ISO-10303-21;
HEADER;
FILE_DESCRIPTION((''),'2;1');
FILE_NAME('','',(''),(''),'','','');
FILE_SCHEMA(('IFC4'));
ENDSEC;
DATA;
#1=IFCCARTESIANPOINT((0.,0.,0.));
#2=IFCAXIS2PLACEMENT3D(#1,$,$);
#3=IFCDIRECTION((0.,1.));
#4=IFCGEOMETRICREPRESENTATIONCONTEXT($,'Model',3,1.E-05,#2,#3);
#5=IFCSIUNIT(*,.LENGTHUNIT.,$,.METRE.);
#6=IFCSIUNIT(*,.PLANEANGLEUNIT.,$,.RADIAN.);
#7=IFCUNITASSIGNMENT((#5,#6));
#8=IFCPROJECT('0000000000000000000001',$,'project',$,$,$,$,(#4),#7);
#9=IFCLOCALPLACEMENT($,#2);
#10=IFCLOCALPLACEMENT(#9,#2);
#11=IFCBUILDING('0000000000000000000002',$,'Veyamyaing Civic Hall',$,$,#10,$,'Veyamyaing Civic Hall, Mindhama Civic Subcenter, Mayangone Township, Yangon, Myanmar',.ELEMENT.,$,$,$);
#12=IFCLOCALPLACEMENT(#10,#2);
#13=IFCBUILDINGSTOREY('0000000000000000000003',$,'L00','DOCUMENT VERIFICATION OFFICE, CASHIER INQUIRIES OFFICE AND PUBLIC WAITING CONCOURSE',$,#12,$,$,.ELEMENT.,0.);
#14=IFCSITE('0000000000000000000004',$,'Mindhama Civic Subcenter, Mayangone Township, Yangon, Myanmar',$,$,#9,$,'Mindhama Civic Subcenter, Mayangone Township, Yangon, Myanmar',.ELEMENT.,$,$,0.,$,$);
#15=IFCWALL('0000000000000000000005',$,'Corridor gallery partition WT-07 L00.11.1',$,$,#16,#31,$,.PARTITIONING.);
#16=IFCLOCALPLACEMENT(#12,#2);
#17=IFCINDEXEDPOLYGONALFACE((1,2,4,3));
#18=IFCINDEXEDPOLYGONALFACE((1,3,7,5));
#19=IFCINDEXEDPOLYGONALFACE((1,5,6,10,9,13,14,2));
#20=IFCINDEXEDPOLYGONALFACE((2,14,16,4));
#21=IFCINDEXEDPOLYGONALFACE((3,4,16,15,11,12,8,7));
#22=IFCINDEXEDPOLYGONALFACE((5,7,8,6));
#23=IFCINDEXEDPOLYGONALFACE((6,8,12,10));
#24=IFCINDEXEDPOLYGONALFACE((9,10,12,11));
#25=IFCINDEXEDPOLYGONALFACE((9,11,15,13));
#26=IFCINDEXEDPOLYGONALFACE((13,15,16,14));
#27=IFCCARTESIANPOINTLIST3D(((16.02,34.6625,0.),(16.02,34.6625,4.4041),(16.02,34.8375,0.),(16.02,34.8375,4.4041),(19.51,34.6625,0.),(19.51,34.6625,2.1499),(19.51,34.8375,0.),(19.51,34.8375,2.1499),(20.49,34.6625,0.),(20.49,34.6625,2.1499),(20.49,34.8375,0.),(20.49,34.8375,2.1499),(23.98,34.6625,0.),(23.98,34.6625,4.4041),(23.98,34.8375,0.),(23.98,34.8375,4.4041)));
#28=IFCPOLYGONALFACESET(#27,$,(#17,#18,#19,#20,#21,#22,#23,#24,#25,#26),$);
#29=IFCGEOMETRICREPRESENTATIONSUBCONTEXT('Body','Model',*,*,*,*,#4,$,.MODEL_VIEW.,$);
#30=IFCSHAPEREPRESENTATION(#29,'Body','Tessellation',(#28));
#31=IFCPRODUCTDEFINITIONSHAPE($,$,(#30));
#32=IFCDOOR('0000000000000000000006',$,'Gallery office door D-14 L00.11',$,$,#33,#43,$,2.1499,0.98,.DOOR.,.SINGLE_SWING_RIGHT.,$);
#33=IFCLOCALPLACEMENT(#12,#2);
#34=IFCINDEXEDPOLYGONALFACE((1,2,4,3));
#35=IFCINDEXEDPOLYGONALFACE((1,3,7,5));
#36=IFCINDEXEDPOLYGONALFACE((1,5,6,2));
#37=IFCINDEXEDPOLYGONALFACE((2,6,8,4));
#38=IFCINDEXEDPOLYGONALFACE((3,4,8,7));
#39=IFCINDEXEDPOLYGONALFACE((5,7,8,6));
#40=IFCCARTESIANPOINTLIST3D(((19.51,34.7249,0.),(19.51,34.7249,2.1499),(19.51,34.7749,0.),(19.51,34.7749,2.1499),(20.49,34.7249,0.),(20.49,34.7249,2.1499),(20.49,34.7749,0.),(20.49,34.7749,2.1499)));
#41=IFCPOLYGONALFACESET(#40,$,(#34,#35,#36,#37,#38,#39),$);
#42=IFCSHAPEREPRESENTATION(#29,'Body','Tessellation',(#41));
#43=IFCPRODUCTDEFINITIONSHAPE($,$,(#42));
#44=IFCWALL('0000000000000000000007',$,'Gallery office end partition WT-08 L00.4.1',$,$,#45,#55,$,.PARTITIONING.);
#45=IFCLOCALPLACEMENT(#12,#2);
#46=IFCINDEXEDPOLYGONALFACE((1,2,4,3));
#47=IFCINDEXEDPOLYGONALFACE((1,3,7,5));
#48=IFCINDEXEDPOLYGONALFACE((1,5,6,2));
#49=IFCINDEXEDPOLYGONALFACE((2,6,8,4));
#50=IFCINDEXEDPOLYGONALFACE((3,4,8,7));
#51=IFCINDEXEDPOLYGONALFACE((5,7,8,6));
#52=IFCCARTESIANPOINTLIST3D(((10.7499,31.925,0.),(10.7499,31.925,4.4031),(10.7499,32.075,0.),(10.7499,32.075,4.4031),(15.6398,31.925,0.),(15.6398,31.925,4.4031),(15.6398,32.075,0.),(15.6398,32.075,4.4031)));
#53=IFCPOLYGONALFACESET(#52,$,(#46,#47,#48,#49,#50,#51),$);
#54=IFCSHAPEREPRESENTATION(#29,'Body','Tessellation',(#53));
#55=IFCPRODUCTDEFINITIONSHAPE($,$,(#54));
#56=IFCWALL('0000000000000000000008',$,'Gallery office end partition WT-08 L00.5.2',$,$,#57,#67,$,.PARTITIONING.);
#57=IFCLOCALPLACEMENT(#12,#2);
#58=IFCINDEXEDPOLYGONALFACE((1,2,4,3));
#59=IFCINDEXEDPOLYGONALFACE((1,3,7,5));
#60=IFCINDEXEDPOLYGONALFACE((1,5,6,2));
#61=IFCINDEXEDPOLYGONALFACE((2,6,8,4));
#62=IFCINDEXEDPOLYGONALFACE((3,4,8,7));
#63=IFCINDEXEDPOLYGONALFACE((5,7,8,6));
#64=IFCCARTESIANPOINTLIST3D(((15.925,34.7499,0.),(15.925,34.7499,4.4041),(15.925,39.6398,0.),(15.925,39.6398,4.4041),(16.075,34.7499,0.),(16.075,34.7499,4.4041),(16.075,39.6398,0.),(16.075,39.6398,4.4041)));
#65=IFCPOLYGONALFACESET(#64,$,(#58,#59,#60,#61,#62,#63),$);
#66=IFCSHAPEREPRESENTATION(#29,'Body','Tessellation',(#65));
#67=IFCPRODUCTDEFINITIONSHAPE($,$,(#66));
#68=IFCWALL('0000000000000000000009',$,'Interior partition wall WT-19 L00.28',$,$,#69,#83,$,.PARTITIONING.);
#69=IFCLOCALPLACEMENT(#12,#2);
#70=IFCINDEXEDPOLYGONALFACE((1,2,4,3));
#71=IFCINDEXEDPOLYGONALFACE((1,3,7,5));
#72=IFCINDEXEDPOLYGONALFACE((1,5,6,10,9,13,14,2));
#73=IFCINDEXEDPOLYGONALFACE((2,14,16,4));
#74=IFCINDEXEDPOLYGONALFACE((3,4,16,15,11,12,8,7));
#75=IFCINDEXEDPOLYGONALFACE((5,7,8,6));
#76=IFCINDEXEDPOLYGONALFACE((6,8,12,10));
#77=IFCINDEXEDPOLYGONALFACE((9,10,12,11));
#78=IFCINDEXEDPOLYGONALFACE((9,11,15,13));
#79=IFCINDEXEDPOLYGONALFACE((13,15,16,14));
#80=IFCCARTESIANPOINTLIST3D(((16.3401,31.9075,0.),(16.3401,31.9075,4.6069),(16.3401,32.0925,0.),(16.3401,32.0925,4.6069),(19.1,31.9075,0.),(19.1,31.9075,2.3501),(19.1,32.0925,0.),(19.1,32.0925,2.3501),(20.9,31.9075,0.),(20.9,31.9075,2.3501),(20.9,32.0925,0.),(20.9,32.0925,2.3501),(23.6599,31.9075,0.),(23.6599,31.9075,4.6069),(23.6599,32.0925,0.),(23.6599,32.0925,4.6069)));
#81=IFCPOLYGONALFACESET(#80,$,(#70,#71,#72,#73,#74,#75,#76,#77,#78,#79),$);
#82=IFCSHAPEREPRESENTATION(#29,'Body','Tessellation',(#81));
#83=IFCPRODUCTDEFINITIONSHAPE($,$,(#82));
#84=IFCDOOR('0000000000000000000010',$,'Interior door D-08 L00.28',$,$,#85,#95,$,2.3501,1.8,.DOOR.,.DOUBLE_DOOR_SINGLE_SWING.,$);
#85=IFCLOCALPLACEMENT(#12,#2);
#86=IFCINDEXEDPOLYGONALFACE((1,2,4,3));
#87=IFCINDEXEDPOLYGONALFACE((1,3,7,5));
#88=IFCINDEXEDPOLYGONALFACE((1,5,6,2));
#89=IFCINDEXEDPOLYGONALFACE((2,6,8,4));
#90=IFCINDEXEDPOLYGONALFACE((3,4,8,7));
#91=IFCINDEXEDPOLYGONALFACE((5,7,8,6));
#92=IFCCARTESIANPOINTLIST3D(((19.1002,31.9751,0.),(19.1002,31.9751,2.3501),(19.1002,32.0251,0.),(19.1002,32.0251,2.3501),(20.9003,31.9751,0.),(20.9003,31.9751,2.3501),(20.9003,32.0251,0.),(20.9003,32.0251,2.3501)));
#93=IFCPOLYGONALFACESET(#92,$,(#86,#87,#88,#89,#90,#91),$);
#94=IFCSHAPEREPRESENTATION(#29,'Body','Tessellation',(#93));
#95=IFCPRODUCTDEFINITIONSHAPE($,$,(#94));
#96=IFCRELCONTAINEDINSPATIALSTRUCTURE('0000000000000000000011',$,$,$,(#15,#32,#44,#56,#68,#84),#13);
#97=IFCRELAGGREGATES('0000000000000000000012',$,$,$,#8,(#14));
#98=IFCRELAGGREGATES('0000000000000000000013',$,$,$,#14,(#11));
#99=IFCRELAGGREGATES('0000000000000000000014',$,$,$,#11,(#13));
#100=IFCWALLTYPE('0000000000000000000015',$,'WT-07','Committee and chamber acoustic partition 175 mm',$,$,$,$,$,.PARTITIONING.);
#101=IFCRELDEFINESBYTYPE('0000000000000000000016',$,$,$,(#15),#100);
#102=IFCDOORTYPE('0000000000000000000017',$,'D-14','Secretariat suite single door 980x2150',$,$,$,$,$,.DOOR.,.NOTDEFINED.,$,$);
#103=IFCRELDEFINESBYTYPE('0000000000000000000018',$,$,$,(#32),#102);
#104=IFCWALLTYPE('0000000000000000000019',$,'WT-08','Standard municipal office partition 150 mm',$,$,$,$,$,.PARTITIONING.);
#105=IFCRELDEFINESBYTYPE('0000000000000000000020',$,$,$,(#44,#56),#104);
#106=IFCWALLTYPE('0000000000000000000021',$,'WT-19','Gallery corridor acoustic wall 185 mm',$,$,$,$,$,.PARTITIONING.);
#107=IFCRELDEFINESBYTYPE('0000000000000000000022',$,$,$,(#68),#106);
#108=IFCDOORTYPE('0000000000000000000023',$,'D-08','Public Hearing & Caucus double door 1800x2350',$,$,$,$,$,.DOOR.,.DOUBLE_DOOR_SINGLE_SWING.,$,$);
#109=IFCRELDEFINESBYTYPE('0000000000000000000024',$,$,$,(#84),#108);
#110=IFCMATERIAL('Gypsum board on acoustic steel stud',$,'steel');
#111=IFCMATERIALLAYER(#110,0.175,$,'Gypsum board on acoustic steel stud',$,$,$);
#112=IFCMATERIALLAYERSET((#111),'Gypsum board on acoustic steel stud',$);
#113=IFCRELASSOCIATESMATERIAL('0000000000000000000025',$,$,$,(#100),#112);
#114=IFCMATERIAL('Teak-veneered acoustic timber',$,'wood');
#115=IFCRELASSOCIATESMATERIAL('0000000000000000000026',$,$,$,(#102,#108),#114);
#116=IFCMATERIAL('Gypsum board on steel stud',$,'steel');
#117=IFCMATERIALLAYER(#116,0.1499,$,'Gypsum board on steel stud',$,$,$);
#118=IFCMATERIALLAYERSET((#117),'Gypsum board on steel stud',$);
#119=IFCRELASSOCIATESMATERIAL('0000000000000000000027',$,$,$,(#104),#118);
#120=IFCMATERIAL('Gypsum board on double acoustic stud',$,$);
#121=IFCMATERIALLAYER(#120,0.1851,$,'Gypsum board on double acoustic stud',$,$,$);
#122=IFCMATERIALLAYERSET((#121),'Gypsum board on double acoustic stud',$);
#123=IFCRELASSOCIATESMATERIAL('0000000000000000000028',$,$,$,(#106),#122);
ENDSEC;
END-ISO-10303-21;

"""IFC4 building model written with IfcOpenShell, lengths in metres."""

from ifc_helpers import new_model, si_unit, direction, frame, frame_2d, origin, place, context, subcontext, project, spatial, rectangle, extrude, material, layer, layer_set, type_object, element, fill, save


model = new_model("IFC4")

# Units and contexts
model_context = context("Model", 3, precision=1e-05, world=origin(), true_north=direction((0.0, 1.0)))
body_context = subcontext(model_context, "Body", "Model", "MODEL_VIEW")
ifc_project = project(units=[si_unit("LENGTHUNIT", "METRE"), si_unit("PLANEANGLEUNIT", "RADIAN")], contexts=[model_context])

# Site, building, storey
site_placement = place(None, origin())
site = spatial("IfcSite", under=ifc_project, at=site_placement, Name="Mindhama Civic Subcenter, Mayangone Township, Yangon, Myanmar", LongName="Mindhama Civic Subcenter, Mayangone Township, Yangon, Myanmar", CompositionType="ELEMENT", RefElevation=0.0)
building_placement = place(site_placement, origin())
building = spatial("IfcBuilding", under=site, at=building_placement, Name="Veyamyaing Civic Hall", LongName="Veyamyaing Civic Hall, Mindhama Civic Subcenter, Mayangone Township, Yangon, Myanmar", CompositionType="ELEMENT")
storey_placement = place(building_placement, origin())
storey = spatial("IfcBuildingStorey", under=building, at=storey_placement, Name="L00", Description="DOCUMENT VERIFICATION OFFICE, CASHIER INQUIRIES OFFICE AND PUBLIC WAITING CONCOURSE", CompositionType="ELEMENT", Elevation=0.0)

# Shared definitions
ifc_material_1 = material(Name="Gypsum board on acoustic steel stud", Category="steel")
ifc_layer_1 = layer(ifc_material_1, 0.175, Name="Gypsum board on acoustic steel stud")
ifc_layer_set_1 = layer_set([ifc_layer_1], Name="Gypsum board on acoustic steel stud")
wall_type_1 = type_object("IfcWallType", Name="WT-07", Description="Committee and chamber acoustic partition 175 mm", PredefinedType="PARTITIONING", material=ifc_layer_set_1)
ifc_material_2 = material(Name="Teak-veneered acoustic timber", Category="wood")

# Wall, opening, door
wall_1_placement = place(storey_placement, frame((16.02, 34.75, 0.0), z_axis=(0.0, 0.0, 1.0), x_axis=(1.0, 0.0, 0.0)))
wall_1 = element("IfcWall", 1, at=wall_1_placement, inside=storey, type_object=wall_type_1, Name="Corridor gallery partition WT-07 L00.11.1", PredefinedType="PARTITIONING", context=body_context, shape_type="SweptSolid", body=[
    extrude(rectangle(XDim=7.96, YDim=0.175, at=frame_2d((3.98, 0.0))), origin(), (0.0, 0.0, 1.0), 4.4041),
])
opening_1_placement = place(wall_1_placement, frame((3.49, 0.0, 0.0)))
opening_1 = element("IfcOpeningElement", 2, at=opening_1_placement, cuts=wall_1, PredefinedType="OPENING", context=body_context, shape_type="SweptSolid", body=[
    extrude(rectangle(XDim=0.98, YDim=2.1499, at=frame_2d((0.49, 1.075))), frame((0.0, 0.0974, 0.0), z_axis=(0.0, -1.0, 0.0), x_axis=(1.0, 0.0, 0.0)), (0.0, 0.0, 1.0), 0.1951),
])
door_type_1 = type_object("IfcDoorType", Name="D-14", Description="Secretariat suite single door 980x2150", OperationType="NOTDEFINED", PredefinedType="DOOR", material=ifc_material_2)
door_1_placement = place(opening_1_placement, origin())
door_1 = element("IfcDoor", 3, at=door_1_placement, inside=storey, type_object=door_type_1, Name="Gallery office door D-14 L00.11", OperationType="SINGLE_SWING_RIGHT", OverallHeight=2.1499, OverallWidth=0.98, PredefinedType="DOOR", context=body_context, shape_type="SweptSolid", body=[
    extrude(rectangle(XDim=0.98, YDim=2.1499, at=frame_2d((0.49, 1.075))), frame((0.0, 0.0249, 0.0), z_axis=(0.0, -1.0, 0.0), x_axis=(1.0, 0.0, 0.0)), (0.0, 0.0, 1.0), 0.05),
])
fill(opening_1, door_1)

# Walls
ifc_material_3 = material(Name="Gypsum board on steel stud", Category="steel")
ifc_layer_2 = layer(ifc_material_3, 0.1499, Name="Gypsum board on steel stud")
ifc_layer_set_2 = layer_set([ifc_layer_2], Name="Gypsum board on steel stud")
wall_type_2 = type_object("IfcWallType", Name="WT-08", Description="Standard municipal office partition 150 mm", PredefinedType="PARTITIONING", material=ifc_layer_set_2)
wall_2_placement = place(storey_placement, frame((10.75, 32.0, 0.0), z_axis=(0.0, 0.0, 1.0), x_axis=(1.0, 0.0, 0.0)))
element("IfcWall", 4, at=wall_2_placement, inside=storey, type_object=wall_type_2, Name="Gallery office end partition WT-08 L00.4.1", PredefinedType="PARTITIONING", context=body_context, shape_type="SweptSolid", body=[
    extrude(rectangle(XDim=4.8899, YDim=0.1499, at=frame_2d((2.4448, 0.0))), origin(), (0.0, 0.0, 1.0), 4.4031),
])
wall_3_placement = place(storey_placement, frame((16.0, 34.75, 0.0), z_axis=(0.0, 0.0, 1.0), x_axis=(0.0, 1.0, 0.0)))
element("IfcWall", 5, at=wall_3_placement, inside=storey, type_object=wall_type_2, Name="Gallery office end partition WT-08 L00.5.2", PredefinedType="PARTITIONING", context=body_context, shape_type="SweptSolid", body=[
    extrude(rectangle(XDim=4.8899, YDim=0.1499, at=frame_2d((2.4448, 0.0))), origin(), (0.0, 0.0, 1.0), 4.4041),
])

# Wall, opening, door
ifc_material_4 = material(Name="Gypsum board on double acoustic stud")
ifc_layer_3 = layer(ifc_material_4, 0.1851, Name="Gypsum board on double acoustic stud")
ifc_layer_set_3 = layer_set([ifc_layer_3], Name="Gypsum board on double acoustic stud")
wall_type_3 = type_object("IfcWallType", Name="WT-19", Description="Gallery corridor acoustic wall 185 mm", PredefinedType="PARTITIONING", material=ifc_layer_set_3)
wall_4_placement = place(storey_placement, frame((16.3401, 32.0, 0.0), z_axis=(0.0, 0.0, 1.0), x_axis=(1.0, 0.0, 0.0)))
wall_4 = element("IfcWall", 6, at=wall_4_placement, inside=storey, type_object=wall_type_3, Name="Interior partition wall WT-19 L00.28", PredefinedType="PARTITIONING", context=body_context, shape_type="SweptSolid", body=[
    extrude(rectangle(XDim=7.3198, YDim=0.1851, at=frame_2d((3.6599, 0.0))), origin(), (0.0, 0.0, 1.0), 4.6069),
])
opening_2_placement = place(wall_4_placement, frame((2.76, 0.0, 0.0)))
opening_2 = element("IfcOpeningElement", 7, at=opening_2_placement, cuts=wall_4, PredefinedType="OPENING", context=body_context, shape_type="SweptSolid", body=[
    extrude(rectangle(XDim=1.8, YDim=2.3501, at=frame_2d((0.8999, 1.175))), frame((0.0, 0.1025, 0.0), z_axis=(0.0, -1.0, 0.0), x_axis=(1.0, 0.0, 0.0)), (0.0, 0.0, 1.0), 0.2051),
])
door_type_2 = type_object("IfcDoorType", Name="D-08", Description="Public Hearing & Caucus double door 1800x2350", OperationType="DOUBLE_DOOR_SINGLE_SWING", PredefinedType="DOOR", material=ifc_material_2)
door_2_placement = place(opening_2_placement, frame((1.8, 0.0, 0.0), z_axis=(0.0, 0.0, 1.0), x_axis=(-1.0, 0.0, 0.0)))
door_2 = element("IfcDoor", 8, at=door_2_placement, inside=storey, type_object=door_type_2, Name="Interior door D-08 L00.28", OperationType="DOUBLE_DOOR_SINGLE_SWING", OverallHeight=2.3501, OverallWidth=1.8, PredefinedType="DOOR", context=body_context, shape_type="SweptSolid", body=[
    extrude(rectangle(XDim=1.8, YDim=2.3501, at=frame_2d((0.8999, 1.175))), frame((0.0, 0.0249, 0.0), z_axis=(0.0, -1.0, 0.0), x_axis=(1.0, 0.0, 0.0)), (0.0, 0.0, 1.0), 0.05),
])
fill(opening_2, door_2)

save(model, "model.ifc")
